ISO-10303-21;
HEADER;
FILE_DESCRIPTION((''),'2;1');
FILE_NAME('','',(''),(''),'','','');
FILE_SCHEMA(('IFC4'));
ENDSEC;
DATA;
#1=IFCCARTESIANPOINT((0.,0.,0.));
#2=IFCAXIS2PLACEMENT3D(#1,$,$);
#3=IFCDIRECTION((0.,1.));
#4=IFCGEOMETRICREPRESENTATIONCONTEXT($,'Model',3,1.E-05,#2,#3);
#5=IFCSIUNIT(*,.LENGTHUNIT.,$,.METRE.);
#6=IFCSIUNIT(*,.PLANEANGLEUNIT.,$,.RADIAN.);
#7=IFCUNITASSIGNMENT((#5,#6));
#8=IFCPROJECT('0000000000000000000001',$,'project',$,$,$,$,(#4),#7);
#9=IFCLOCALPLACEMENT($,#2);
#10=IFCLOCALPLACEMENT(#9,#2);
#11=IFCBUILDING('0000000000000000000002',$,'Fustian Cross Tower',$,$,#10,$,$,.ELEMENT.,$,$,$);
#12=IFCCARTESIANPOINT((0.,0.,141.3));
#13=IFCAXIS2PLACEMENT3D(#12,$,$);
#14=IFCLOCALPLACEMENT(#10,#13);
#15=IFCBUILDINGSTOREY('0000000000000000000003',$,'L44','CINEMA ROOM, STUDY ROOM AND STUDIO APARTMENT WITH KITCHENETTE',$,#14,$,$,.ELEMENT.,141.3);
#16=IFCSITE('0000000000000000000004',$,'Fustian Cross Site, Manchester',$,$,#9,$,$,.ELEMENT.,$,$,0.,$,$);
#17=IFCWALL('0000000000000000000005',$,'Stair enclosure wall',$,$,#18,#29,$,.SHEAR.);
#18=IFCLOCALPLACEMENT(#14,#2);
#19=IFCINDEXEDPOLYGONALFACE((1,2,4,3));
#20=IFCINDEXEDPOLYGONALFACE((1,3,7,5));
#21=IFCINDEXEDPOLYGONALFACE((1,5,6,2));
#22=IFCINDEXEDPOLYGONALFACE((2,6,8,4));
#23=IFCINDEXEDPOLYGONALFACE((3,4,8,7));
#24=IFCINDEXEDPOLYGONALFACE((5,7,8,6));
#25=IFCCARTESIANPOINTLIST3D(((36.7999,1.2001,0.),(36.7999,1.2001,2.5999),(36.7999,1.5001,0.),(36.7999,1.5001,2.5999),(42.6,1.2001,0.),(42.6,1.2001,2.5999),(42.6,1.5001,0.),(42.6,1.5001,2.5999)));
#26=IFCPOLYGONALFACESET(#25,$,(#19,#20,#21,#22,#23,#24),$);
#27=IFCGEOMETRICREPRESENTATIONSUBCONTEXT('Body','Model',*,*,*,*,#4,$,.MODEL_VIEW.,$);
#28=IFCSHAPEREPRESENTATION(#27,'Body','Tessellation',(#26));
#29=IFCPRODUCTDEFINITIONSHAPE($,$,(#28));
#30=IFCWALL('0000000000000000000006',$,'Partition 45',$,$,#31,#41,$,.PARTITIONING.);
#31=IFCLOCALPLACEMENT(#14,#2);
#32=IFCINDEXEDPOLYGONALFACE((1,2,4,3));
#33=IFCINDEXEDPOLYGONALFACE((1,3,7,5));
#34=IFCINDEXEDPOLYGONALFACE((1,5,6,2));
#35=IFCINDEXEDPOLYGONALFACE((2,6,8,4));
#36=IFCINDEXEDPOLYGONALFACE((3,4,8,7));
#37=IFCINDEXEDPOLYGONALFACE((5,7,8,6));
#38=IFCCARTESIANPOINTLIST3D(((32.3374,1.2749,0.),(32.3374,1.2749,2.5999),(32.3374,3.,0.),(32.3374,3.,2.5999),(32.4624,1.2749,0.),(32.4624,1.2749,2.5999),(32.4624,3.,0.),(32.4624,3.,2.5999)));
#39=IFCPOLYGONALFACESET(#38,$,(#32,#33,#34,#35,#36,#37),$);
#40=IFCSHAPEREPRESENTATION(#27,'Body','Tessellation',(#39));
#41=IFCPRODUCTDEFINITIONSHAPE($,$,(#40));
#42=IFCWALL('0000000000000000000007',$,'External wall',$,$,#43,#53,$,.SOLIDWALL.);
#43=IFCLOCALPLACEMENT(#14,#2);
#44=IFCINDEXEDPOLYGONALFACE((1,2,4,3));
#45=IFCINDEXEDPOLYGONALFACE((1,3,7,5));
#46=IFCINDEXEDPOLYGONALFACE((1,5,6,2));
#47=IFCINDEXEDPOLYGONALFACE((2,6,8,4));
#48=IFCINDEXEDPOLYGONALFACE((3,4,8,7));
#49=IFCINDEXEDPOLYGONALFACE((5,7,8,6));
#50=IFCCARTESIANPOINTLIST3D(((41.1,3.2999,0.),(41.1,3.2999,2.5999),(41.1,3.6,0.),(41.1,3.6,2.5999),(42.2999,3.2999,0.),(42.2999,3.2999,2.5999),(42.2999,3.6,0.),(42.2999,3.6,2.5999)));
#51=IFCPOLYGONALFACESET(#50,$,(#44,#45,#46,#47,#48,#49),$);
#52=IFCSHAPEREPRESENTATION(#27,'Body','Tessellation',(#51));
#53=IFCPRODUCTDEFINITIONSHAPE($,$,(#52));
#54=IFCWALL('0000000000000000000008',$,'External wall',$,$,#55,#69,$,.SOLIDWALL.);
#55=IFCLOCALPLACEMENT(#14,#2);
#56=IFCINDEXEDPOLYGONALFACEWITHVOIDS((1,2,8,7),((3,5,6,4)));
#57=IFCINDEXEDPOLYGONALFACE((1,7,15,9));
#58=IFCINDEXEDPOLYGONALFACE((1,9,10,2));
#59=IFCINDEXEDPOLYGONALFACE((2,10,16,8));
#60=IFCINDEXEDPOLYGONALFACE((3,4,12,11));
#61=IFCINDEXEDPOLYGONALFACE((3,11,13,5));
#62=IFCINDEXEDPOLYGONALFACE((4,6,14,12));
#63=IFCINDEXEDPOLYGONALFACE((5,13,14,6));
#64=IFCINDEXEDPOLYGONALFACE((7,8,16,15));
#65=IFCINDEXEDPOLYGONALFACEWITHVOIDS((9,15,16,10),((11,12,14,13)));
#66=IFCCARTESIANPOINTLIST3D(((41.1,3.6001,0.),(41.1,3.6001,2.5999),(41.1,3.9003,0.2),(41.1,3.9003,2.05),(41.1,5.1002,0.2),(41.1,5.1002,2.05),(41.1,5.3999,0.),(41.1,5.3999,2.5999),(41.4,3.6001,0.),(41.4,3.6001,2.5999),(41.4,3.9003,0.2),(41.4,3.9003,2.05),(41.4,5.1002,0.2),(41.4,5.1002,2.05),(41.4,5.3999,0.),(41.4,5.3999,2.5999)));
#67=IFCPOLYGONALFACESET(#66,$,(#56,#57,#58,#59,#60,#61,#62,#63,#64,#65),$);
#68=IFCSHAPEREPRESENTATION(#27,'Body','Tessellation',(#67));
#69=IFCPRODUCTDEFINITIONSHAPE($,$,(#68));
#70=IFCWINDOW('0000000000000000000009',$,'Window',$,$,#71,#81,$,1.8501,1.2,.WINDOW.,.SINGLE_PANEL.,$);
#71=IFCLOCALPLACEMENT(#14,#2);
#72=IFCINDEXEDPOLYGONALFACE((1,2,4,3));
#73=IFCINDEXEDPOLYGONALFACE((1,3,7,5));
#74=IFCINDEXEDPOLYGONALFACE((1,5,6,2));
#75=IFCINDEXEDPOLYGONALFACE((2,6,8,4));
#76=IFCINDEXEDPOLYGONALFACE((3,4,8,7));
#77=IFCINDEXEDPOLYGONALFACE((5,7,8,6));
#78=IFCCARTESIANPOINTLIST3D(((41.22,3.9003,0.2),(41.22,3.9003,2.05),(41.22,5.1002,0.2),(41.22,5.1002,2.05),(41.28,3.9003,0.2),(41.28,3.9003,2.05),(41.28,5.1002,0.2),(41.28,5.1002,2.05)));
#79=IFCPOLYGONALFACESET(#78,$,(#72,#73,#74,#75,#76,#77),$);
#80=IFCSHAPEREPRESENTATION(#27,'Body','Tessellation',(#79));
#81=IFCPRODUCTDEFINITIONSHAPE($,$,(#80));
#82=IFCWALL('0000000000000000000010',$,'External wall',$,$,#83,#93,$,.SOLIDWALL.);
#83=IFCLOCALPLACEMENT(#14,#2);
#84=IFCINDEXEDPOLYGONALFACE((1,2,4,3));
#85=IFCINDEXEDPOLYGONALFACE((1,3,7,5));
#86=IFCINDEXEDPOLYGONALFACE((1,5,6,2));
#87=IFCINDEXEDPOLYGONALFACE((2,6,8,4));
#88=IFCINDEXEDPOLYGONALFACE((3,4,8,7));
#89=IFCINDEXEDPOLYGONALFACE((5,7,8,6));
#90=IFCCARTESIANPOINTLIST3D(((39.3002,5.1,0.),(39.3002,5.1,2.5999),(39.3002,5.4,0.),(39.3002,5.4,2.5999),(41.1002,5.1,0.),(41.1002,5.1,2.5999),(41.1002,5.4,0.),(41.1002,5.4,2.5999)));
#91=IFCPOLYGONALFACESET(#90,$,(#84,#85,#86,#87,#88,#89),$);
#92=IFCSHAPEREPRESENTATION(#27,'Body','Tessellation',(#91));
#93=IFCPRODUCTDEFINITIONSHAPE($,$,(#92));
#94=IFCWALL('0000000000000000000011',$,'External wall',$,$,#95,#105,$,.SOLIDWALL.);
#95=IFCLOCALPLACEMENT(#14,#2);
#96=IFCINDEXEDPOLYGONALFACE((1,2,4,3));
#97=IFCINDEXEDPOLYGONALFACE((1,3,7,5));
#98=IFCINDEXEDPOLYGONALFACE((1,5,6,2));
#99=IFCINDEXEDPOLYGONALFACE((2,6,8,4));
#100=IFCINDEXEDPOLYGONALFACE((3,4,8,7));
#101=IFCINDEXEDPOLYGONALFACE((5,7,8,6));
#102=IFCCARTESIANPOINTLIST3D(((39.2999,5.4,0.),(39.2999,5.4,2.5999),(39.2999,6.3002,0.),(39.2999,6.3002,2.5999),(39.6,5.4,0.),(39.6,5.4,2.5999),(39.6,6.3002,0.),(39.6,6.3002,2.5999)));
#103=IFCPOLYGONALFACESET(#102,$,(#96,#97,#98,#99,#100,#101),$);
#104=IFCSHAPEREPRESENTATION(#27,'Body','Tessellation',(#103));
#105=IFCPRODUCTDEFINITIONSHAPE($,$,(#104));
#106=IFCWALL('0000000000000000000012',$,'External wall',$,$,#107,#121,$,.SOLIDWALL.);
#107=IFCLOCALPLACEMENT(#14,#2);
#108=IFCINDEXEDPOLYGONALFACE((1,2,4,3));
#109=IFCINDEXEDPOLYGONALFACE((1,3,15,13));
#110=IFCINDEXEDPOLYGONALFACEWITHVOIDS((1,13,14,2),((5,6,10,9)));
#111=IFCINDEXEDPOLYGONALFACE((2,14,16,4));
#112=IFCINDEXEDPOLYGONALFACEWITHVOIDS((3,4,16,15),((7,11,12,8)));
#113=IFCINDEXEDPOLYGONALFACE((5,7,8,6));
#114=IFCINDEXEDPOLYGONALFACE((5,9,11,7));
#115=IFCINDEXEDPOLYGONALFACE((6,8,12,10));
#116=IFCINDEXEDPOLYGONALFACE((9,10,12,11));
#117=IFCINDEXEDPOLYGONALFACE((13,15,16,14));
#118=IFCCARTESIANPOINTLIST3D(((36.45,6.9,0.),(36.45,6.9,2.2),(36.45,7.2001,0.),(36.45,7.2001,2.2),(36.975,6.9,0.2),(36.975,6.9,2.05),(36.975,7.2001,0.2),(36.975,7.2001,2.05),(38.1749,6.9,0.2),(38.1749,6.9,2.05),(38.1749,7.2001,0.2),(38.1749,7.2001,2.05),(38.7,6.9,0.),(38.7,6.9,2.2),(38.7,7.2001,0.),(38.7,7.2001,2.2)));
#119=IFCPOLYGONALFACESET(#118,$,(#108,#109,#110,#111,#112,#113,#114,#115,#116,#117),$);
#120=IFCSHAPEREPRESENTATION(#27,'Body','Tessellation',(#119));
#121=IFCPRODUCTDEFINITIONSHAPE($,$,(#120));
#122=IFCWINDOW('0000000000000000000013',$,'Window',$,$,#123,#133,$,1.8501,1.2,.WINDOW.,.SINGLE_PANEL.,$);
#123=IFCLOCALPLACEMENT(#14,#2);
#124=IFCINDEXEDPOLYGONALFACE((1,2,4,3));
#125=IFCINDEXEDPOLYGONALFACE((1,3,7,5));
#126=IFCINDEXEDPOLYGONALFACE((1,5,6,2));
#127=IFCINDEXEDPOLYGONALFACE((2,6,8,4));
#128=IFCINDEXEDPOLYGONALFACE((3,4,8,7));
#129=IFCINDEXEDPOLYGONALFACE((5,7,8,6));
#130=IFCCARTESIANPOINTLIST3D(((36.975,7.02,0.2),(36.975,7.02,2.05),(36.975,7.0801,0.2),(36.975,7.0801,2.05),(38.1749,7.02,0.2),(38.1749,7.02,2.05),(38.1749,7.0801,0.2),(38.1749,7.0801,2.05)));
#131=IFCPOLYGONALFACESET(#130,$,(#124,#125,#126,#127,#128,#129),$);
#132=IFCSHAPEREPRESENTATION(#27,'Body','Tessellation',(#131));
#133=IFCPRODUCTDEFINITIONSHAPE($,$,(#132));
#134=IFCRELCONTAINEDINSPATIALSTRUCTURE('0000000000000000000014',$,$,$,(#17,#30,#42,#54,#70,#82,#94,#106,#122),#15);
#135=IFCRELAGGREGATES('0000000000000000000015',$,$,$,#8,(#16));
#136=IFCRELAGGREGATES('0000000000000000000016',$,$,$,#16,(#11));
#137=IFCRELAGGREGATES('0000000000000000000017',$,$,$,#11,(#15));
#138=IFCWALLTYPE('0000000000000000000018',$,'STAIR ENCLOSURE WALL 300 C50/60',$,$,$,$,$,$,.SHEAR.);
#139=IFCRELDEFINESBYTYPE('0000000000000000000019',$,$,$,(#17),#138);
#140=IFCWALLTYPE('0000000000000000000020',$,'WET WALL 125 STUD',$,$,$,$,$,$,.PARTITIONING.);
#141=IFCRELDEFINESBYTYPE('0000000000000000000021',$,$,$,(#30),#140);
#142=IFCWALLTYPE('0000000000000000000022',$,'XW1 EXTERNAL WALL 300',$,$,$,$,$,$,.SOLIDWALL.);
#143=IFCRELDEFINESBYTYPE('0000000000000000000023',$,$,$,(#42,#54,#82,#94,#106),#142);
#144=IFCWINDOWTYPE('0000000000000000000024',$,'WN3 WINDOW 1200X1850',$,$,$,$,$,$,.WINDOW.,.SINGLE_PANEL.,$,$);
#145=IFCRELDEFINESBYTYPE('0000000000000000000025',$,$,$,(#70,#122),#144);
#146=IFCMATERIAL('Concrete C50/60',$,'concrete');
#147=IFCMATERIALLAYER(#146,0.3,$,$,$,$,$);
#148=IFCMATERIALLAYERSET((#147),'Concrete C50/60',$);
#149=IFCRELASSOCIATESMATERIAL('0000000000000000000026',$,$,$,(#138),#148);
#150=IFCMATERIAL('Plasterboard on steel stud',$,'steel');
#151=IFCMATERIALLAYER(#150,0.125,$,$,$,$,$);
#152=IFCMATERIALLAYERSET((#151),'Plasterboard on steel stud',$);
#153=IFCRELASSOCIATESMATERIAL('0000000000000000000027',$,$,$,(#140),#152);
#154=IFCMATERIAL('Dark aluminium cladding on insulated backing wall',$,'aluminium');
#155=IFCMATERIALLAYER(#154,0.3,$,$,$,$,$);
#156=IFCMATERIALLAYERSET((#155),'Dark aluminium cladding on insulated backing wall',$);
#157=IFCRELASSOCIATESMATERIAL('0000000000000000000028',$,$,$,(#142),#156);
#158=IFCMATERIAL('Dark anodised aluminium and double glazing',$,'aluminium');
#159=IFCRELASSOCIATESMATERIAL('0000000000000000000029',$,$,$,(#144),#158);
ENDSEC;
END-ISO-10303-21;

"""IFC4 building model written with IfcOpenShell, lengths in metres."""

from ifc_helpers import new_model, si_unit, direction, frame, frame_2d, origin, place, context, subcontext, project, spatial, rectangle, extrude, material, layer, layer_set, type_object, element, fill, save


model = new_model("IFC4")

# Units and contexts
model_context = context("Model", 3, precision=1e-05, world=origin(), true_north=direction((0.0, 1.0)))
body_context = subcontext(model_context, "Body", "Model", "MODEL_VIEW")
ifc_project = project(units=[si_unit("LENGTHUNIT", "METRE"), si_unit("PLANEANGLEUNIT", "RADIAN")], contexts=[model_context])

# Site, building, storey
site_placement = place(None, origin())
site = spatial("IfcSite", under=ifc_project, at=site_placement, Name="Fustian Cross Site, Manchester", CompositionType="ELEMENT", RefElevation=0.0)
building_placement = place(site_placement, origin())
building = spatial("IfcBuilding", under=site, at=building_placement, Name="Fustian Cross Tower", CompositionType="ELEMENT")
storey_placement = place(building_placement, frame((0.0, 0.0, 141.3)))
storey = spatial("IfcBuildingStorey", under=building, at=storey_placement, Name="L44", Description="CINEMA ROOM, STUDY ROOM AND STUDIO APARTMENT WITH KITCHENETTE", CompositionType="ELEMENT", Elevation=141.3)

# Walls
ifc_material_1 = material(Name="Concrete C50/60", Category="concrete")
ifc_layer_1 = layer(ifc_material_1, 0.3)
ifc_layer_set_1 = layer_set([ifc_layer_1], Name="Concrete C50/60")
wall_type_1 = type_object("IfcWallType", Name="STAIR ENCLOSURE WALL 300 C50/60", PredefinedType="SHEAR", material=ifc_layer_set_1)
wall_1_placement = place(storey_placement, frame((36.8, 1.3501, 0.0), z_axis=(0.0, 0.0, 1.0), x_axis=(1.0, 0.0, 0.0)))
element("IfcWall", 1, at=wall_1_placement, inside=storey, type_object=wall_type_1, Name="Stair enclosure wall", PredefinedType="SHEAR", context=body_context, shape_type="SweptSolid", body=[
    extrude(rectangle(XDim=5.8, YDim=0.3, at=frame_2d((2.8999, 0.0))), origin(), (0.0, 0.0, 1.0), 2.5999),
])
ifc_material_2 = material(Name="Plasterboard on steel stud", Category="steel")
ifc_layer_2 = layer(ifc_material_2, 0.125)
ifc_layer_set_2 = layer_set([ifc_layer_2], Name="Plasterboard on steel stud")
wall_type_2 = type_object("IfcWallType", Name="WET WALL 125 STUD", PredefinedType="PARTITIONING", material=ifc_layer_set_2)
wall_2_placement = place(storey_placement, frame((32.3999, 1.2749, 0.0), z_axis=(0.0, 0.0, 1.0), x_axis=(0.0, 1.0, 0.0)))
element("IfcWall", 2, at=wall_2_placement, inside=storey, type_object=wall_type_2, Name="Partition 45", PredefinedType="PARTITIONING", context=body_context, shape_type="SweptSolid", body=[
    extrude(rectangle(XDim=1.7251, YDim=0.125, at=frame_2d((0.8625, 0.0))), origin(), (0.0, 0.0, 1.0), 2.5999),
])
ifc_material_3 = material(Name="Dark aluminium cladding on insulated backing wall", Category="aluminium")
ifc_layer_3 = layer(ifc_material_3, 0.3)
ifc_layer_set_3 = layer_set([ifc_layer_3], Name="Dark aluminium cladding on insulated backing wall")
wall_type_3 = type_object("IfcWallType", Name="XW1 EXTERNAL WALL 300", PredefinedType="SOLIDWALL", material=ifc_layer_set_3)
wall_3_placement = place(storey_placement, frame((42.3, 3.45, 0.0), z_axis=(0.0, 0.0, 1.0), x_axis=(-1.0, 0.0, 0.0)))
element("IfcWall", 3, at=wall_3_placement, inside=storey, type_object=wall_type_3, Name="External wall", PredefinedType="SOLIDWALL", context=body_context, shape_type="SweptSolid", body=[
    extrude(rectangle(XDim=1.2, YDim=0.3, at=frame_2d((0.6001, 0.0))), origin(), (0.0, 0.0, 1.0), 2.5999),
])

# Wall, opening, window
wall_4_placement = place(storey_placement, frame((41.25, 3.6001, 0.0), z_axis=(0.0, 0.0, 1.0), x_axis=(0.0, 1.0, 0.0)))
wall_4 = element("IfcWall", 4, at=wall_4_placement, inside=storey, type_object=wall_type_3, Name="External wall", PredefinedType="SOLIDWALL", context=body_context, shape_type="SweptSolid", body=[
    extrude(rectangle(XDim=1.7998, YDim=0.3, at=frame_2d((0.8999, 0.0))), origin(), (0.0, 0.0, 1.0), 2.5999),
])
opening_1_placement = place(wall_4_placement, frame((0.3, 0.0, 0.2)))
opening_1 = element("IfcOpeningElement", 5, at=opening_1_placement, cuts=wall_4, PredefinedType="OPENING", context=body_context, shape_type="SweptSolid", body=[
    extrude(rectangle(XDim=1.2, YDim=1.8501, at=frame_2d((0.6001, 0.925))), frame((0.0, 0.1599, 0.0), z_axis=(0.0, -1.0, 0.0), x_axis=(1.0, 0.0, 0.0)), (0.0, 0.0, 1.0), 0.3201),
])
ifc_material_4 = material(Name="Dark anodised aluminium and double glazing", Category="aluminium")
window_type_1 = type_object("IfcWindowType", Name="WN3 WINDOW 1200X1850", PartitioningType="SINGLE_PANEL", PredefinedType="WINDOW", material=ifc_material_4)
window_1_placement = place(opening_1_placement, origin())
window_1 = element("IfcWindow", 6, at=window_1_placement, inside=storey, type_object=window_type_1, Name="Window", OverallHeight=1.8501, OverallWidth=1.2, PartitioningType="SINGLE_PANEL", PredefinedType="WINDOW", context=body_context, shape_type="SweptSolid", body=[
    extrude(rectangle(XDim=1.2, YDim=1.8501, at=frame_2d((0.6001, 0.925))), frame((0.0, 0.03, 0.0), z_axis=(0.0, -1.0, 0.0), x_axis=(1.0, 0.0, 0.0)), (0.0, 0.0, 1.0), 0.0601),
])
fill(opening_1, window_1)

# Walls
wall_5_placement = place(storey_placement, frame((41.1001, 5.25, 0.0), z_axis=(0.0, 0.0, 1.0), x_axis=(-1.0, 0.0, 0.0)))
element("IfcWall", 7, at=wall_5_placement, inside=storey, type_object=wall_type_3, Name="External wall", PredefinedType="SOLIDWALL", context=body_context, shape_type="SweptSolid", body=[
    extrude(rectangle(XDim=1.8, YDim=0.3, at=frame_2d((0.8999, 0.0))), origin(), (0.0, 0.0, 1.0), 2.5999),
])
wall_6_placement = place(storey_placement, frame((39.45, 5.3999, 0.0), z_axis=(0.0, 0.0, 1.0), x_axis=(0.0, 1.0, 0.0)))
element("IfcWall", 8, at=wall_6_placement, inside=storey, type_object=wall_type_3, Name="External wall", PredefinedType="SOLIDWALL", context=body_context, shape_type="SweptSolid", body=[
    extrude(rectangle(XDim=0.9001, YDim=0.3, at=frame_2d((0.4502, 0.0))), origin(), (0.0, 0.0, 1.0), 2.5999),
])

# Wall, opening, window
wall_7_placement = place(storey_placement, frame((38.7, 7.05, 0.0), z_axis=(0.0, 0.0, 1.0), x_axis=(-1.0, 0.0, 0.0)))
wall_7 = element("IfcWall", 9, at=wall_7_placement, inside=storey, type_object=wall_type_3, Name="External wall", PredefinedType="SOLIDWALL", context=body_context, shape_type="SweptSolid", body=[
    extrude(rectangle(XDim=2.25, YDim=0.3, at=frame_2d((1.125, 0.0))), origin(), (0.0, 0.0, 1.0), 2.2),
])
opening_2_placement = place(wall_7_placement, frame((0.5249, 0.0, 0.2)))
opening_2 = element("IfcOpeningElement", 10, at=opening_2_placement, cuts=wall_7, PredefinedType="OPENING", context=body_context, shape_type="SweptSolid", body=[
    extrude(rectangle(XDim=1.2, YDim=1.8501, at=frame_2d((0.6001, 0.925))), frame((0.0, 0.1599, 0.0), z_axis=(0.0, -1.0, 0.0), x_axis=(1.0, 0.0, 0.0)), (0.0, 0.0, 1.0), 0.3201),
])
window_2_placement = place(opening_2_placement, origin())
window_2 = element("IfcWindow", 11, at=window_2_placement, inside=storey, type_object=window_type_1, Name="Window", OverallHeight=1.8501, OverallWidth=1.2, PartitioningType="SINGLE_PANEL", PredefinedType="WINDOW", context=body_context, shape_type="SweptSolid", body=[
    extrude(rectangle(XDim=1.2, YDim=1.8501, at=frame_2d((0.6001, 0.925))), frame((0.0, 0.03, 0.0), z_axis=(0.0, -1.0, 0.0), x_axis=(1.0, 0.0, 0.0)), (0.0, 0.0, 1.0), 0.0601),
])
fill(opening_2, window_2)

save(model, "model.ifc")
